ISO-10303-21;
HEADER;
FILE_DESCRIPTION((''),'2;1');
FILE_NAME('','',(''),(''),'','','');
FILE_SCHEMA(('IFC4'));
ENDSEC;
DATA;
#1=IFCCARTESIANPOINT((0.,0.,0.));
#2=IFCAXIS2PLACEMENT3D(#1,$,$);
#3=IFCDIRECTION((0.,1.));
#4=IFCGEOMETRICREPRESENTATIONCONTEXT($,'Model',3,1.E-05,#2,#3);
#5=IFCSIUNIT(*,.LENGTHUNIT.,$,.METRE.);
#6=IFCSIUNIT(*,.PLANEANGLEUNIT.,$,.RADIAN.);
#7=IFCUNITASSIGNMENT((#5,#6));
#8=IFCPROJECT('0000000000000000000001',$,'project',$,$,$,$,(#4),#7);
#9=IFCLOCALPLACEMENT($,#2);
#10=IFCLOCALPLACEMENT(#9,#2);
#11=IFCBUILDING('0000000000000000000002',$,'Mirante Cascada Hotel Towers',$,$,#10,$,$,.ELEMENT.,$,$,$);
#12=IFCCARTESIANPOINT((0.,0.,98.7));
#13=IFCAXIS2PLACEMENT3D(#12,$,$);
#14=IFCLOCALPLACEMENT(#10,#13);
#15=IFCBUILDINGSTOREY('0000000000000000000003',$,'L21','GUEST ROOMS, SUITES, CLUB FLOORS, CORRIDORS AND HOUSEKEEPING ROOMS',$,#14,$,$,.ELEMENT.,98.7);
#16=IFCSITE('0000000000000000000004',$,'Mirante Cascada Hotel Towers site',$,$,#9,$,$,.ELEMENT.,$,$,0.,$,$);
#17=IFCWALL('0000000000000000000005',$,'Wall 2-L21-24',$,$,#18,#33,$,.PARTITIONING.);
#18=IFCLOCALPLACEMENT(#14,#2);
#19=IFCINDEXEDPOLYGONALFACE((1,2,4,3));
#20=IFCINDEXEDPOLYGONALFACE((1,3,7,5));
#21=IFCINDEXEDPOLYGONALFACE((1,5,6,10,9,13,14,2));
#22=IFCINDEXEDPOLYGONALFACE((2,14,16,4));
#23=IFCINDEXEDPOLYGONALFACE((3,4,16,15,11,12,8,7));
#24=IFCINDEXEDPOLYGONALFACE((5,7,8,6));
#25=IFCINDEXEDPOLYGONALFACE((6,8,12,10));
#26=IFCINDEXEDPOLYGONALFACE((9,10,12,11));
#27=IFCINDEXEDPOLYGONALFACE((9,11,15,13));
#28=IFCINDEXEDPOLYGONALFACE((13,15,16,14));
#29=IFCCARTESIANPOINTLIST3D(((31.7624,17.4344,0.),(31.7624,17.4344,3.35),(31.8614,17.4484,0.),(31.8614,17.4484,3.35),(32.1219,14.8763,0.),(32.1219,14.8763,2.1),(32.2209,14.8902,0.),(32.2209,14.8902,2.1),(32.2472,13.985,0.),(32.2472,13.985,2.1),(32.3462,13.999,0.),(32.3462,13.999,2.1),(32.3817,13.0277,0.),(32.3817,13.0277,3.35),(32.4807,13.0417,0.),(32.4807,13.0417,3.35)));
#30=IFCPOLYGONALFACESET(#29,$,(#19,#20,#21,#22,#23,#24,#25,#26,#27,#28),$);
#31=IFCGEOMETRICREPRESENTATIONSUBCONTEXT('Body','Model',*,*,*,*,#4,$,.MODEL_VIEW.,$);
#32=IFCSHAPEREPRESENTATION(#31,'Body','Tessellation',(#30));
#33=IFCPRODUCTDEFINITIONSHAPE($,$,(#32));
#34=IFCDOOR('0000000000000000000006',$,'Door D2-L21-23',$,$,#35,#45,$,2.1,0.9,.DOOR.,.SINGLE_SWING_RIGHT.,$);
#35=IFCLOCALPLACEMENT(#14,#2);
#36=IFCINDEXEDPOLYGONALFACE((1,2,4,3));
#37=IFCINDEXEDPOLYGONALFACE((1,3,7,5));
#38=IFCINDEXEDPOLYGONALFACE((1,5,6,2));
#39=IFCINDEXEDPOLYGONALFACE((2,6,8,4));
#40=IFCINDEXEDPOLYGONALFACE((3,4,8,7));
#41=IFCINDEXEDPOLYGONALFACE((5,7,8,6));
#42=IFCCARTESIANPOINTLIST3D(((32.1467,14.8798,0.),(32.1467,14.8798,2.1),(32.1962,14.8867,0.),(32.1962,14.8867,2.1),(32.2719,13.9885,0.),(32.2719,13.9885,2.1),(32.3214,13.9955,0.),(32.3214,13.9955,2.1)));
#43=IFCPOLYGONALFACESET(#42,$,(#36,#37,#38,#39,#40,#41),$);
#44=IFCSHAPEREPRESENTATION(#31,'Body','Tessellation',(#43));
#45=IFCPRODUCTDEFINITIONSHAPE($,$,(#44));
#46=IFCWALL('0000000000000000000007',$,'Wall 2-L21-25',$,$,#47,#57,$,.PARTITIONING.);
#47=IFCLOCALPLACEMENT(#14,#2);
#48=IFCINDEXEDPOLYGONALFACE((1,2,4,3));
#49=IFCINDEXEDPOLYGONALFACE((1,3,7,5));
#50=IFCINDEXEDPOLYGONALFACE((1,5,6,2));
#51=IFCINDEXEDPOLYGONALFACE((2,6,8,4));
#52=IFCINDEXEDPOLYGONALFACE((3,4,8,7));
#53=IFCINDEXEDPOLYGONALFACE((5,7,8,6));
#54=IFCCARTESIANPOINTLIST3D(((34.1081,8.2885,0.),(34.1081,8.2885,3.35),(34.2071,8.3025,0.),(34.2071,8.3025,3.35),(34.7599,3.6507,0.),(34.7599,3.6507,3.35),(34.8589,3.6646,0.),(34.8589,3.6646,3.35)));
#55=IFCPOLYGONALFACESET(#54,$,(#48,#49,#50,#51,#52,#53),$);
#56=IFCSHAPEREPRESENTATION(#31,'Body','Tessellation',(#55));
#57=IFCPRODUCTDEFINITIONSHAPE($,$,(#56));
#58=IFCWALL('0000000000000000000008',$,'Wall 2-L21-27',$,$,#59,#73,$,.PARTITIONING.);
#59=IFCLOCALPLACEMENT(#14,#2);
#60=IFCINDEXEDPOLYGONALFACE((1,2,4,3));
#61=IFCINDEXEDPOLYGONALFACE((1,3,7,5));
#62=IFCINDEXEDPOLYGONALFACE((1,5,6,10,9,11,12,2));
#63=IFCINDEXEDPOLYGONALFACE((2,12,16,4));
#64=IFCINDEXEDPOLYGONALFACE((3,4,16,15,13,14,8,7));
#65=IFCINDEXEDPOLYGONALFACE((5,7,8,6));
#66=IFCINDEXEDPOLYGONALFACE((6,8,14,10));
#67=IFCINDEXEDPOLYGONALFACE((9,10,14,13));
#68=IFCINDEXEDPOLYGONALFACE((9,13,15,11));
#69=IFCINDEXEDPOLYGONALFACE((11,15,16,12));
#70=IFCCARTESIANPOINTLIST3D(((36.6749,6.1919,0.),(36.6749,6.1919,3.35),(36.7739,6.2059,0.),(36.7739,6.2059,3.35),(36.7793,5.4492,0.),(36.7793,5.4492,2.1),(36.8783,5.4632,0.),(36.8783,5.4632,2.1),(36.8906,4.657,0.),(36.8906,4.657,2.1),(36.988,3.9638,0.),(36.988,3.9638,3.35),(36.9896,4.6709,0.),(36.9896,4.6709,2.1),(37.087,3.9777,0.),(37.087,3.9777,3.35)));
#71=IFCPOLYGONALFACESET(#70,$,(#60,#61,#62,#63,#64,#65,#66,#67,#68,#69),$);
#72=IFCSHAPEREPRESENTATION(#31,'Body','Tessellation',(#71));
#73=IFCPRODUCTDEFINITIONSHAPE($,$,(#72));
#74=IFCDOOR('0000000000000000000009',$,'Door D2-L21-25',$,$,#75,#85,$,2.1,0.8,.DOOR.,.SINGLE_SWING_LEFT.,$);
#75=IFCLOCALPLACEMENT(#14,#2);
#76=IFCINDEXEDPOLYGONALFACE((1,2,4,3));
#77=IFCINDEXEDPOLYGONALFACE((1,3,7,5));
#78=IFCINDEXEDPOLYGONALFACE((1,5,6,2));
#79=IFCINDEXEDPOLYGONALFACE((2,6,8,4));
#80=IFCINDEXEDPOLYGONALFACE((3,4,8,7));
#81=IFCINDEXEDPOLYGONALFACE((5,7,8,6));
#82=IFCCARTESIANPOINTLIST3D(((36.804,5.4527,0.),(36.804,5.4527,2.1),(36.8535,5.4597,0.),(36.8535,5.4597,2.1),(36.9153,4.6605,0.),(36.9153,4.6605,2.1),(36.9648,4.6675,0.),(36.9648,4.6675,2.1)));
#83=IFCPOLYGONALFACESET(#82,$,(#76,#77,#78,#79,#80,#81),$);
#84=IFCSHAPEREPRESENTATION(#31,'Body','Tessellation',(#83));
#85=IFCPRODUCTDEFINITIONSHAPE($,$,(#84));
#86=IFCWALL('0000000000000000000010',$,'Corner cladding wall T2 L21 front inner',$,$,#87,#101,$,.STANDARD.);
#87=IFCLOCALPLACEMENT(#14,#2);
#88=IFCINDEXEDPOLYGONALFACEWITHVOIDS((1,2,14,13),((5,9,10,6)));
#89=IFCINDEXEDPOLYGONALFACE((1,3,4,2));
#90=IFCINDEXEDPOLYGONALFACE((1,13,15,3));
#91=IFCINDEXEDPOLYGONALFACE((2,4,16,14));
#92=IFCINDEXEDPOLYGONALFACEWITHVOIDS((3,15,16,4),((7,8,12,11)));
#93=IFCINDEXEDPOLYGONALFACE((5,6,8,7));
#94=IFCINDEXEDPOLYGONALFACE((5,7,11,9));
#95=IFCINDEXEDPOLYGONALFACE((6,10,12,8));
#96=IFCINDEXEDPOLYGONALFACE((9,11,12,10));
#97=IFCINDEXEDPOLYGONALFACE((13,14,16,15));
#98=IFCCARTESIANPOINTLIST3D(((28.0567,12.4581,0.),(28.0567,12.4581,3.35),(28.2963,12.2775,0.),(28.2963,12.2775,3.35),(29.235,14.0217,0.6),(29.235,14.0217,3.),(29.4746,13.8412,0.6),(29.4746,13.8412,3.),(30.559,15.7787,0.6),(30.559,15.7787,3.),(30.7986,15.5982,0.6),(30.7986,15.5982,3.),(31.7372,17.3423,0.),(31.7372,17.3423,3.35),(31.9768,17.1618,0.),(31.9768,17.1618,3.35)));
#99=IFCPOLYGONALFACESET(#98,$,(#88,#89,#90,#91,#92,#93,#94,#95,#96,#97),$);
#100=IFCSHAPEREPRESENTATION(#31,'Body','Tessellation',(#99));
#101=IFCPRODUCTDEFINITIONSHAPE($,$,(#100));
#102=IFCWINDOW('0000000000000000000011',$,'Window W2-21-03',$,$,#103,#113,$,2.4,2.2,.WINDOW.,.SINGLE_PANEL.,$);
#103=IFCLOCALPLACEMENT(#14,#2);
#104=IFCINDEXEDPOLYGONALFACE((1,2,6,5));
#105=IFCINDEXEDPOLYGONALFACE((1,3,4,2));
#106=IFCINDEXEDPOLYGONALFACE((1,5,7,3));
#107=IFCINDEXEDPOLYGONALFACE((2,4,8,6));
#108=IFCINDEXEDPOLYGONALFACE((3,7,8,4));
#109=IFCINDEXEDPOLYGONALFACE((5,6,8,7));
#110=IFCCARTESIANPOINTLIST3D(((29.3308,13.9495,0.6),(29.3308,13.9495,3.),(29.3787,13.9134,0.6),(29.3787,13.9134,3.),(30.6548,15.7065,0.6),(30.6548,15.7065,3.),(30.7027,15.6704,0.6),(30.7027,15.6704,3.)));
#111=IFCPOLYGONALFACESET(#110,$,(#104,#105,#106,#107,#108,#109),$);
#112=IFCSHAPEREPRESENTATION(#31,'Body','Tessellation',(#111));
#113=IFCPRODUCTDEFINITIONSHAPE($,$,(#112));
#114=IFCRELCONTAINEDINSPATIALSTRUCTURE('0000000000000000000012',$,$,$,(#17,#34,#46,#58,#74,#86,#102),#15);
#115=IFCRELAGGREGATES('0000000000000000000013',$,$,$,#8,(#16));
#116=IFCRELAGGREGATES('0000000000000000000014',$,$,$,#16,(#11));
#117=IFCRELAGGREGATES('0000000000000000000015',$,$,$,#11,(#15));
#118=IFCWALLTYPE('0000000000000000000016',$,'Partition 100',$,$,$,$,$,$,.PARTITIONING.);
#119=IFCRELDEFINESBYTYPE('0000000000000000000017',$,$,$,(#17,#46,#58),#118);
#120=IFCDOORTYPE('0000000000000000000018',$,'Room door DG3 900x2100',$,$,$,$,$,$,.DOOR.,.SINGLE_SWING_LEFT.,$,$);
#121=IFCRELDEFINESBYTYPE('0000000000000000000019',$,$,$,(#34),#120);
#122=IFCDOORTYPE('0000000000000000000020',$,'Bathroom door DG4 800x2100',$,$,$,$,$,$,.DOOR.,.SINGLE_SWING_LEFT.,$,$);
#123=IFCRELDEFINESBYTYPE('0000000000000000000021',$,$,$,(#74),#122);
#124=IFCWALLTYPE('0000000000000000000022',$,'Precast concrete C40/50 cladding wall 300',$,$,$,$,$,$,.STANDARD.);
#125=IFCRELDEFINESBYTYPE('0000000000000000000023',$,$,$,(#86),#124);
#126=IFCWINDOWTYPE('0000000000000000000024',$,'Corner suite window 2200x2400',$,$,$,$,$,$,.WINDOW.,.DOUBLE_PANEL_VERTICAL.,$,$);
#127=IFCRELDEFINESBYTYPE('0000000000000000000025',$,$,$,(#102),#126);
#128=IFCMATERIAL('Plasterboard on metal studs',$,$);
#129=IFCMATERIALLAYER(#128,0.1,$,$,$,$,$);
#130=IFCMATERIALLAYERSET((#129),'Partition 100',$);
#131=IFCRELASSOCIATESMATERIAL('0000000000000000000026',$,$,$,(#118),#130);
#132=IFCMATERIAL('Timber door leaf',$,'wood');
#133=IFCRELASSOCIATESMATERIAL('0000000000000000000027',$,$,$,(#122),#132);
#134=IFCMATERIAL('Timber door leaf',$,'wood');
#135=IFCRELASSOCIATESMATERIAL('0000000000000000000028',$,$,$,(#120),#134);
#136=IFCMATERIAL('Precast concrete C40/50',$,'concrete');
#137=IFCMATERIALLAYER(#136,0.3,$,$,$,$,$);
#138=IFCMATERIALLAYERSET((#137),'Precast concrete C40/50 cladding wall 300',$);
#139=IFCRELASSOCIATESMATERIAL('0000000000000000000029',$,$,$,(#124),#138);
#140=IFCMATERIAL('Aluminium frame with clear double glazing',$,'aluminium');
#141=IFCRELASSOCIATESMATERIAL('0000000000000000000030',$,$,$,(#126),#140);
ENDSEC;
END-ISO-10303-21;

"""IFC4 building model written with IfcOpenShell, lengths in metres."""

from ifc_helpers import new_model, si_unit, direction, frame, frame_2d, origin, place, context, subcontext, project, spatial, rectangle, extrude, material, layer, layer_set, type_object, element, fill, save


model = new_model("IFC4")

# Units and contexts
model_context = context("Model", 3, precision=1e-05, world=origin(), true_north=direction((0.0, 1.0)))
body_context = subcontext(model_context, "Body", "Model", "MODEL_VIEW")
ifc_project = project(units=[si_unit("LENGTHUNIT", "METRE"), si_unit("PLANEANGLEUNIT", "RADIAN")], contexts=[model_context])

# Site, building, storey
site_placement = place(None, origin())
site = spatial("IfcSite", under=ifc_project, at=site_placement, Name="Mirante Cascada Hotel Towers site", CompositionType="ELEMENT", RefElevation=0.0)
building_placement = place(site_placement, origin())
building = spatial("IfcBuilding", under=site, at=building_placement, Name="Mirante Cascada Hotel Towers", CompositionType="ELEMENT")
storey_placement = place(building_placement, frame((0.0, 0.0, 98.7)))
storey = spatial("IfcBuildingStorey", under=building, at=storey_placement, Name="L21", Description="GUEST ROOMS, SUITES, CLUB FLOORS, CORRIDORS AND HOUSEKEEPING ROOMS", CompositionType="ELEMENT", Elevation=98.7)

# Shared definitions
ifc_material_1 = material(Name="Plasterboard on metal studs")
ifc_layer_1 = layer(ifc_material_1, 0.1)
ifc_layer_set_1 = layer_set([ifc_layer_1], Name="Partition 100")
wall_type_1 = type_object("IfcWallType", Name="Partition 100", PredefinedType="PARTITIONING", material=ifc_layer_set_1)

# Wall, opening, door
ifc_material_2 = material(Name="Timber door leaf", Category="wood")
door_type_1 = type_object("IfcDoorType", Name="Bathroom door DG4 800x2100", OperationType="SINGLE_SWING_LEFT", PredefinedType="DOOR", material=ifc_material_2)
wall_1_placement = place(storey_placement, frame((32.4312, 13.0347, 0.0), z_axis=(0.0, 0.0, 1.0), x_axis=(-0.139168, 0.990269, 0.0)))
wall_1 = element("IfcWall", 1, at=wall_1_placement, inside=storey, type_object=wall_type_1, Name="Wall 2-L21-24", PredefinedType="PARTITIONING", context=body_context, shape_type="SweptSolid", body=[
    extrude(rectangle(XDim=4.45, YDim=0.1, at=frame_2d((2.225, 0.0))), origin(), (0.0, 0.0, 1.0), 3.35),
])
opening_1_placement = place(wall_1_placement, frame((0.9667, 0.0, 0.0)))
opening_1 = element("IfcOpeningElement", 2, at=opening_1_placement, cuts=wall_1, PredefinedType="OPENING", context=body_context, shape_type="SweptSolid", body=[
    extrude(rectangle(XDim=0.9, YDim=2.1, at=frame_2d((0.45, 1.05))), frame((0.0, 0.05, 0.0), z_axis=(0.0, -1.0, 0.0), x_axis=(1.0, 0.0, 0.0)), (0.0, 0.0, 1.0), 0.1),
])
ifc_material_3 = material(Name="Timber door leaf", Category="wood")
door_type_2 = type_object("IfcDoorType", Name="Room door DG3 900x2100", OperationType="SINGLE_SWING_LEFT", PredefinedType="DOOR", material=ifc_material_3)
door_1_placement = place(opening_1_placement, frame((0.9, 0.0, 0.0), z_axis=(0.0, 0.0, 1.0), x_axis=(-1.0, 0.0, 0.0)))
door_1 = element("IfcDoor", 3, at=door_1_placement, inside=storey, type_object=door_type_2, Name="Door D2-L21-23", OperationType="SINGLE_SWING_RIGHT", OverallHeight=2.1, OverallWidth=0.9, PredefinedType="DOOR", context=body_context, shape_type="SweptSolid", body=[
    extrude(rectangle(XDim=0.9, YDim=2.1, at=frame_2d((0.45, 1.05))), frame((0.0, 0.025, 0.0), z_axis=(0.0, -1.0, 0.0), x_axis=(1.0, 0.0, 0.0)), (0.0, 0.0, 1.0), 0.05),
])
fill(opening_1, door_1)

# Wall
wall_2_placement = place(storey_placement, frame((34.1576, 8.2955, 0.0), z_axis=(0.0, 0.0, 1.0), x_axis=(0.139173, -0.990268, 0.0)))
element("IfcWall", 4, at=wall_2_placement, inside=storey, type_object=wall_type_1, Name="Wall 2-L21-25", PredefinedType="PARTITIONING", context=body_context, shape_type="SweptSolid", body=[
    extrude(rectangle(XDim=4.6834, YDim=0.1, at=frame_2d((2.3417, 0.0))), origin(), (0.0, 0.0, 1.0), 3.35),
])

# Wall, opening, door
wall_3_placement = place(storey_placement, frame((36.7244, 6.1989, 0.0), z_axis=(0.0, 0.0, 1.0), x_axis=(0.139156, -0.990271, 0.0)))
wall_3 = element("IfcWall", 5, at=wall_3_placement, inside=storey, type_object=wall_type_1, Name="Wall 2-L21-27", PredefinedType="PARTITIONING", context=body_context, shape_type="SweptSolid", body=[
    extrude(rectangle(XDim=2.25, YDim=0.1, at=frame_2d((1.125, 0.0))), origin(), (0.0, 0.0, 1.0), 3.35),
])
opening_2_placement = place(wall_3_placement, frame((0.75, 0.0, 0.0)))
opening_2 = element("IfcOpeningElement", 6, at=opening_2_placement, cuts=wall_3, PredefinedType="OPENING", context=body_context, shape_type="SweptSolid", body=[
    extrude(rectangle(XDim=0.8, YDim=2.1, at=frame_2d((0.4, 1.05))), frame((0.0, 0.05, 0.0), z_axis=(0.0, -1.0, 0.0), x_axis=(1.0, 0.0, 0.0)), (0.0, 0.0, 1.0), 0.1),
])
door_2_placement = place(opening_2_placement, origin())
door_2 = element("IfcDoor", 7, at=door_2_placement, inside=storey, type_object=door_type_1, Name="Door D2-L21-25", OperationType="SINGLE_SWING_LEFT", OverallHeight=2.1, OverallWidth=0.8, PredefinedType="DOOR", context=body_context, shape_type="SweptSolid", body=[
    extrude(rectangle(XDim=0.8, YDim=2.1, at=frame_2d((0.4, 1.05))), frame((0.0, 0.025, 0.0), z_axis=(0.0, -1.0, 0.0), x_axis=(1.0, 0.0, 0.0)), (0.0, 0.0, 1.0), 0.05),
])
fill(opening_2, door_2)

# Wall, opening, window
ifc_material_4 = material(Name="Precast concrete C40/50", Category="concrete")
ifc_layer_2 = layer(ifc_material_4, 0.3)
ifc_layer_set_2 = layer_set([ifc_layer_2], Name="Precast concrete C40/50 cladding wall 300")
wall_type_2 = type_object("IfcWallType", Name="Precast concrete C40/50 cladding wall 300", PredefinedType="STANDARD", material=ifc_layer_set_2)
wall_4_placement = place(storey_placement, frame((31.857, 17.252, 0.0), z_axis=(0.0, 0.0, 1.0), x_axis=(-0.601814, -0.798636, 0.0)))
wall_4 = element("IfcWall", 8, at=wall_4_placement, inside=storey, type_object=wall_type_2, Name="Corner cladding wall T2 L21 front inner", PredefinedType="STANDARD", context=body_context, shape_type="SweptSolid", body=[
    extrude(rectangle(XDim=6.1157, YDim=0.3, at=frame_2d((3.0578, 0.0))), origin(), (0.0, 0.0, 1.0), 3.35),
])
opening_3_placement = place(wall_4_placement, frame((1.9578, 0.0, 0.6)))
opening_3 = element("IfcOpeningElement", 9, at=opening_3_placement, cuts=wall_4, PredefinedType="OPENING", context=body_context, shape_type="SweptSolid", body=[
    extrude(rectangle(XDim=2.2, YDim=2.4, at=frame_2d((1.1, 1.2))), frame((0.0, 0.15, 0.0), z_axis=(0.0, -1.0, 0.0), x_axis=(1.0, 0.0, 0.0)), (0.0, 0.0, 1.0), 0.3),
])
ifc_material_5 = material(Name="Aluminium frame with clear double glazing", Category="aluminium")
window_type = type_object("IfcWindowType", Name="Corner suite window 2200x2400", PartitioningType="DOUBLE_PANEL_VERTICAL", PredefinedType="WINDOW", material=ifc_material_5)
window_placement = place(opening_3_placement, origin())
window = element("IfcWindow", 10, at=window_placement, inside=storey, type_object=window_type, Name="Window W2-21-03", OverallHeight=2.4, OverallWidth=2.2, PartitioningType="SINGLE_PANEL", PredefinedType="WINDOW", context=body_context, shape_type="SweptSolid", body=[
    extrude(rectangle(XDim=2.2, YDim=2.4, at=frame_2d((1.1, 1.2))), frame((0.0, 0.03, 0.0), z_axis=(0.0, -1.0, 0.0), x_axis=(1.0, 0.0, 0.0)), (0.0, 0.0, 1.0), 0.06),
])
fill(opening_3, window)

save(model, "model.ifc")
